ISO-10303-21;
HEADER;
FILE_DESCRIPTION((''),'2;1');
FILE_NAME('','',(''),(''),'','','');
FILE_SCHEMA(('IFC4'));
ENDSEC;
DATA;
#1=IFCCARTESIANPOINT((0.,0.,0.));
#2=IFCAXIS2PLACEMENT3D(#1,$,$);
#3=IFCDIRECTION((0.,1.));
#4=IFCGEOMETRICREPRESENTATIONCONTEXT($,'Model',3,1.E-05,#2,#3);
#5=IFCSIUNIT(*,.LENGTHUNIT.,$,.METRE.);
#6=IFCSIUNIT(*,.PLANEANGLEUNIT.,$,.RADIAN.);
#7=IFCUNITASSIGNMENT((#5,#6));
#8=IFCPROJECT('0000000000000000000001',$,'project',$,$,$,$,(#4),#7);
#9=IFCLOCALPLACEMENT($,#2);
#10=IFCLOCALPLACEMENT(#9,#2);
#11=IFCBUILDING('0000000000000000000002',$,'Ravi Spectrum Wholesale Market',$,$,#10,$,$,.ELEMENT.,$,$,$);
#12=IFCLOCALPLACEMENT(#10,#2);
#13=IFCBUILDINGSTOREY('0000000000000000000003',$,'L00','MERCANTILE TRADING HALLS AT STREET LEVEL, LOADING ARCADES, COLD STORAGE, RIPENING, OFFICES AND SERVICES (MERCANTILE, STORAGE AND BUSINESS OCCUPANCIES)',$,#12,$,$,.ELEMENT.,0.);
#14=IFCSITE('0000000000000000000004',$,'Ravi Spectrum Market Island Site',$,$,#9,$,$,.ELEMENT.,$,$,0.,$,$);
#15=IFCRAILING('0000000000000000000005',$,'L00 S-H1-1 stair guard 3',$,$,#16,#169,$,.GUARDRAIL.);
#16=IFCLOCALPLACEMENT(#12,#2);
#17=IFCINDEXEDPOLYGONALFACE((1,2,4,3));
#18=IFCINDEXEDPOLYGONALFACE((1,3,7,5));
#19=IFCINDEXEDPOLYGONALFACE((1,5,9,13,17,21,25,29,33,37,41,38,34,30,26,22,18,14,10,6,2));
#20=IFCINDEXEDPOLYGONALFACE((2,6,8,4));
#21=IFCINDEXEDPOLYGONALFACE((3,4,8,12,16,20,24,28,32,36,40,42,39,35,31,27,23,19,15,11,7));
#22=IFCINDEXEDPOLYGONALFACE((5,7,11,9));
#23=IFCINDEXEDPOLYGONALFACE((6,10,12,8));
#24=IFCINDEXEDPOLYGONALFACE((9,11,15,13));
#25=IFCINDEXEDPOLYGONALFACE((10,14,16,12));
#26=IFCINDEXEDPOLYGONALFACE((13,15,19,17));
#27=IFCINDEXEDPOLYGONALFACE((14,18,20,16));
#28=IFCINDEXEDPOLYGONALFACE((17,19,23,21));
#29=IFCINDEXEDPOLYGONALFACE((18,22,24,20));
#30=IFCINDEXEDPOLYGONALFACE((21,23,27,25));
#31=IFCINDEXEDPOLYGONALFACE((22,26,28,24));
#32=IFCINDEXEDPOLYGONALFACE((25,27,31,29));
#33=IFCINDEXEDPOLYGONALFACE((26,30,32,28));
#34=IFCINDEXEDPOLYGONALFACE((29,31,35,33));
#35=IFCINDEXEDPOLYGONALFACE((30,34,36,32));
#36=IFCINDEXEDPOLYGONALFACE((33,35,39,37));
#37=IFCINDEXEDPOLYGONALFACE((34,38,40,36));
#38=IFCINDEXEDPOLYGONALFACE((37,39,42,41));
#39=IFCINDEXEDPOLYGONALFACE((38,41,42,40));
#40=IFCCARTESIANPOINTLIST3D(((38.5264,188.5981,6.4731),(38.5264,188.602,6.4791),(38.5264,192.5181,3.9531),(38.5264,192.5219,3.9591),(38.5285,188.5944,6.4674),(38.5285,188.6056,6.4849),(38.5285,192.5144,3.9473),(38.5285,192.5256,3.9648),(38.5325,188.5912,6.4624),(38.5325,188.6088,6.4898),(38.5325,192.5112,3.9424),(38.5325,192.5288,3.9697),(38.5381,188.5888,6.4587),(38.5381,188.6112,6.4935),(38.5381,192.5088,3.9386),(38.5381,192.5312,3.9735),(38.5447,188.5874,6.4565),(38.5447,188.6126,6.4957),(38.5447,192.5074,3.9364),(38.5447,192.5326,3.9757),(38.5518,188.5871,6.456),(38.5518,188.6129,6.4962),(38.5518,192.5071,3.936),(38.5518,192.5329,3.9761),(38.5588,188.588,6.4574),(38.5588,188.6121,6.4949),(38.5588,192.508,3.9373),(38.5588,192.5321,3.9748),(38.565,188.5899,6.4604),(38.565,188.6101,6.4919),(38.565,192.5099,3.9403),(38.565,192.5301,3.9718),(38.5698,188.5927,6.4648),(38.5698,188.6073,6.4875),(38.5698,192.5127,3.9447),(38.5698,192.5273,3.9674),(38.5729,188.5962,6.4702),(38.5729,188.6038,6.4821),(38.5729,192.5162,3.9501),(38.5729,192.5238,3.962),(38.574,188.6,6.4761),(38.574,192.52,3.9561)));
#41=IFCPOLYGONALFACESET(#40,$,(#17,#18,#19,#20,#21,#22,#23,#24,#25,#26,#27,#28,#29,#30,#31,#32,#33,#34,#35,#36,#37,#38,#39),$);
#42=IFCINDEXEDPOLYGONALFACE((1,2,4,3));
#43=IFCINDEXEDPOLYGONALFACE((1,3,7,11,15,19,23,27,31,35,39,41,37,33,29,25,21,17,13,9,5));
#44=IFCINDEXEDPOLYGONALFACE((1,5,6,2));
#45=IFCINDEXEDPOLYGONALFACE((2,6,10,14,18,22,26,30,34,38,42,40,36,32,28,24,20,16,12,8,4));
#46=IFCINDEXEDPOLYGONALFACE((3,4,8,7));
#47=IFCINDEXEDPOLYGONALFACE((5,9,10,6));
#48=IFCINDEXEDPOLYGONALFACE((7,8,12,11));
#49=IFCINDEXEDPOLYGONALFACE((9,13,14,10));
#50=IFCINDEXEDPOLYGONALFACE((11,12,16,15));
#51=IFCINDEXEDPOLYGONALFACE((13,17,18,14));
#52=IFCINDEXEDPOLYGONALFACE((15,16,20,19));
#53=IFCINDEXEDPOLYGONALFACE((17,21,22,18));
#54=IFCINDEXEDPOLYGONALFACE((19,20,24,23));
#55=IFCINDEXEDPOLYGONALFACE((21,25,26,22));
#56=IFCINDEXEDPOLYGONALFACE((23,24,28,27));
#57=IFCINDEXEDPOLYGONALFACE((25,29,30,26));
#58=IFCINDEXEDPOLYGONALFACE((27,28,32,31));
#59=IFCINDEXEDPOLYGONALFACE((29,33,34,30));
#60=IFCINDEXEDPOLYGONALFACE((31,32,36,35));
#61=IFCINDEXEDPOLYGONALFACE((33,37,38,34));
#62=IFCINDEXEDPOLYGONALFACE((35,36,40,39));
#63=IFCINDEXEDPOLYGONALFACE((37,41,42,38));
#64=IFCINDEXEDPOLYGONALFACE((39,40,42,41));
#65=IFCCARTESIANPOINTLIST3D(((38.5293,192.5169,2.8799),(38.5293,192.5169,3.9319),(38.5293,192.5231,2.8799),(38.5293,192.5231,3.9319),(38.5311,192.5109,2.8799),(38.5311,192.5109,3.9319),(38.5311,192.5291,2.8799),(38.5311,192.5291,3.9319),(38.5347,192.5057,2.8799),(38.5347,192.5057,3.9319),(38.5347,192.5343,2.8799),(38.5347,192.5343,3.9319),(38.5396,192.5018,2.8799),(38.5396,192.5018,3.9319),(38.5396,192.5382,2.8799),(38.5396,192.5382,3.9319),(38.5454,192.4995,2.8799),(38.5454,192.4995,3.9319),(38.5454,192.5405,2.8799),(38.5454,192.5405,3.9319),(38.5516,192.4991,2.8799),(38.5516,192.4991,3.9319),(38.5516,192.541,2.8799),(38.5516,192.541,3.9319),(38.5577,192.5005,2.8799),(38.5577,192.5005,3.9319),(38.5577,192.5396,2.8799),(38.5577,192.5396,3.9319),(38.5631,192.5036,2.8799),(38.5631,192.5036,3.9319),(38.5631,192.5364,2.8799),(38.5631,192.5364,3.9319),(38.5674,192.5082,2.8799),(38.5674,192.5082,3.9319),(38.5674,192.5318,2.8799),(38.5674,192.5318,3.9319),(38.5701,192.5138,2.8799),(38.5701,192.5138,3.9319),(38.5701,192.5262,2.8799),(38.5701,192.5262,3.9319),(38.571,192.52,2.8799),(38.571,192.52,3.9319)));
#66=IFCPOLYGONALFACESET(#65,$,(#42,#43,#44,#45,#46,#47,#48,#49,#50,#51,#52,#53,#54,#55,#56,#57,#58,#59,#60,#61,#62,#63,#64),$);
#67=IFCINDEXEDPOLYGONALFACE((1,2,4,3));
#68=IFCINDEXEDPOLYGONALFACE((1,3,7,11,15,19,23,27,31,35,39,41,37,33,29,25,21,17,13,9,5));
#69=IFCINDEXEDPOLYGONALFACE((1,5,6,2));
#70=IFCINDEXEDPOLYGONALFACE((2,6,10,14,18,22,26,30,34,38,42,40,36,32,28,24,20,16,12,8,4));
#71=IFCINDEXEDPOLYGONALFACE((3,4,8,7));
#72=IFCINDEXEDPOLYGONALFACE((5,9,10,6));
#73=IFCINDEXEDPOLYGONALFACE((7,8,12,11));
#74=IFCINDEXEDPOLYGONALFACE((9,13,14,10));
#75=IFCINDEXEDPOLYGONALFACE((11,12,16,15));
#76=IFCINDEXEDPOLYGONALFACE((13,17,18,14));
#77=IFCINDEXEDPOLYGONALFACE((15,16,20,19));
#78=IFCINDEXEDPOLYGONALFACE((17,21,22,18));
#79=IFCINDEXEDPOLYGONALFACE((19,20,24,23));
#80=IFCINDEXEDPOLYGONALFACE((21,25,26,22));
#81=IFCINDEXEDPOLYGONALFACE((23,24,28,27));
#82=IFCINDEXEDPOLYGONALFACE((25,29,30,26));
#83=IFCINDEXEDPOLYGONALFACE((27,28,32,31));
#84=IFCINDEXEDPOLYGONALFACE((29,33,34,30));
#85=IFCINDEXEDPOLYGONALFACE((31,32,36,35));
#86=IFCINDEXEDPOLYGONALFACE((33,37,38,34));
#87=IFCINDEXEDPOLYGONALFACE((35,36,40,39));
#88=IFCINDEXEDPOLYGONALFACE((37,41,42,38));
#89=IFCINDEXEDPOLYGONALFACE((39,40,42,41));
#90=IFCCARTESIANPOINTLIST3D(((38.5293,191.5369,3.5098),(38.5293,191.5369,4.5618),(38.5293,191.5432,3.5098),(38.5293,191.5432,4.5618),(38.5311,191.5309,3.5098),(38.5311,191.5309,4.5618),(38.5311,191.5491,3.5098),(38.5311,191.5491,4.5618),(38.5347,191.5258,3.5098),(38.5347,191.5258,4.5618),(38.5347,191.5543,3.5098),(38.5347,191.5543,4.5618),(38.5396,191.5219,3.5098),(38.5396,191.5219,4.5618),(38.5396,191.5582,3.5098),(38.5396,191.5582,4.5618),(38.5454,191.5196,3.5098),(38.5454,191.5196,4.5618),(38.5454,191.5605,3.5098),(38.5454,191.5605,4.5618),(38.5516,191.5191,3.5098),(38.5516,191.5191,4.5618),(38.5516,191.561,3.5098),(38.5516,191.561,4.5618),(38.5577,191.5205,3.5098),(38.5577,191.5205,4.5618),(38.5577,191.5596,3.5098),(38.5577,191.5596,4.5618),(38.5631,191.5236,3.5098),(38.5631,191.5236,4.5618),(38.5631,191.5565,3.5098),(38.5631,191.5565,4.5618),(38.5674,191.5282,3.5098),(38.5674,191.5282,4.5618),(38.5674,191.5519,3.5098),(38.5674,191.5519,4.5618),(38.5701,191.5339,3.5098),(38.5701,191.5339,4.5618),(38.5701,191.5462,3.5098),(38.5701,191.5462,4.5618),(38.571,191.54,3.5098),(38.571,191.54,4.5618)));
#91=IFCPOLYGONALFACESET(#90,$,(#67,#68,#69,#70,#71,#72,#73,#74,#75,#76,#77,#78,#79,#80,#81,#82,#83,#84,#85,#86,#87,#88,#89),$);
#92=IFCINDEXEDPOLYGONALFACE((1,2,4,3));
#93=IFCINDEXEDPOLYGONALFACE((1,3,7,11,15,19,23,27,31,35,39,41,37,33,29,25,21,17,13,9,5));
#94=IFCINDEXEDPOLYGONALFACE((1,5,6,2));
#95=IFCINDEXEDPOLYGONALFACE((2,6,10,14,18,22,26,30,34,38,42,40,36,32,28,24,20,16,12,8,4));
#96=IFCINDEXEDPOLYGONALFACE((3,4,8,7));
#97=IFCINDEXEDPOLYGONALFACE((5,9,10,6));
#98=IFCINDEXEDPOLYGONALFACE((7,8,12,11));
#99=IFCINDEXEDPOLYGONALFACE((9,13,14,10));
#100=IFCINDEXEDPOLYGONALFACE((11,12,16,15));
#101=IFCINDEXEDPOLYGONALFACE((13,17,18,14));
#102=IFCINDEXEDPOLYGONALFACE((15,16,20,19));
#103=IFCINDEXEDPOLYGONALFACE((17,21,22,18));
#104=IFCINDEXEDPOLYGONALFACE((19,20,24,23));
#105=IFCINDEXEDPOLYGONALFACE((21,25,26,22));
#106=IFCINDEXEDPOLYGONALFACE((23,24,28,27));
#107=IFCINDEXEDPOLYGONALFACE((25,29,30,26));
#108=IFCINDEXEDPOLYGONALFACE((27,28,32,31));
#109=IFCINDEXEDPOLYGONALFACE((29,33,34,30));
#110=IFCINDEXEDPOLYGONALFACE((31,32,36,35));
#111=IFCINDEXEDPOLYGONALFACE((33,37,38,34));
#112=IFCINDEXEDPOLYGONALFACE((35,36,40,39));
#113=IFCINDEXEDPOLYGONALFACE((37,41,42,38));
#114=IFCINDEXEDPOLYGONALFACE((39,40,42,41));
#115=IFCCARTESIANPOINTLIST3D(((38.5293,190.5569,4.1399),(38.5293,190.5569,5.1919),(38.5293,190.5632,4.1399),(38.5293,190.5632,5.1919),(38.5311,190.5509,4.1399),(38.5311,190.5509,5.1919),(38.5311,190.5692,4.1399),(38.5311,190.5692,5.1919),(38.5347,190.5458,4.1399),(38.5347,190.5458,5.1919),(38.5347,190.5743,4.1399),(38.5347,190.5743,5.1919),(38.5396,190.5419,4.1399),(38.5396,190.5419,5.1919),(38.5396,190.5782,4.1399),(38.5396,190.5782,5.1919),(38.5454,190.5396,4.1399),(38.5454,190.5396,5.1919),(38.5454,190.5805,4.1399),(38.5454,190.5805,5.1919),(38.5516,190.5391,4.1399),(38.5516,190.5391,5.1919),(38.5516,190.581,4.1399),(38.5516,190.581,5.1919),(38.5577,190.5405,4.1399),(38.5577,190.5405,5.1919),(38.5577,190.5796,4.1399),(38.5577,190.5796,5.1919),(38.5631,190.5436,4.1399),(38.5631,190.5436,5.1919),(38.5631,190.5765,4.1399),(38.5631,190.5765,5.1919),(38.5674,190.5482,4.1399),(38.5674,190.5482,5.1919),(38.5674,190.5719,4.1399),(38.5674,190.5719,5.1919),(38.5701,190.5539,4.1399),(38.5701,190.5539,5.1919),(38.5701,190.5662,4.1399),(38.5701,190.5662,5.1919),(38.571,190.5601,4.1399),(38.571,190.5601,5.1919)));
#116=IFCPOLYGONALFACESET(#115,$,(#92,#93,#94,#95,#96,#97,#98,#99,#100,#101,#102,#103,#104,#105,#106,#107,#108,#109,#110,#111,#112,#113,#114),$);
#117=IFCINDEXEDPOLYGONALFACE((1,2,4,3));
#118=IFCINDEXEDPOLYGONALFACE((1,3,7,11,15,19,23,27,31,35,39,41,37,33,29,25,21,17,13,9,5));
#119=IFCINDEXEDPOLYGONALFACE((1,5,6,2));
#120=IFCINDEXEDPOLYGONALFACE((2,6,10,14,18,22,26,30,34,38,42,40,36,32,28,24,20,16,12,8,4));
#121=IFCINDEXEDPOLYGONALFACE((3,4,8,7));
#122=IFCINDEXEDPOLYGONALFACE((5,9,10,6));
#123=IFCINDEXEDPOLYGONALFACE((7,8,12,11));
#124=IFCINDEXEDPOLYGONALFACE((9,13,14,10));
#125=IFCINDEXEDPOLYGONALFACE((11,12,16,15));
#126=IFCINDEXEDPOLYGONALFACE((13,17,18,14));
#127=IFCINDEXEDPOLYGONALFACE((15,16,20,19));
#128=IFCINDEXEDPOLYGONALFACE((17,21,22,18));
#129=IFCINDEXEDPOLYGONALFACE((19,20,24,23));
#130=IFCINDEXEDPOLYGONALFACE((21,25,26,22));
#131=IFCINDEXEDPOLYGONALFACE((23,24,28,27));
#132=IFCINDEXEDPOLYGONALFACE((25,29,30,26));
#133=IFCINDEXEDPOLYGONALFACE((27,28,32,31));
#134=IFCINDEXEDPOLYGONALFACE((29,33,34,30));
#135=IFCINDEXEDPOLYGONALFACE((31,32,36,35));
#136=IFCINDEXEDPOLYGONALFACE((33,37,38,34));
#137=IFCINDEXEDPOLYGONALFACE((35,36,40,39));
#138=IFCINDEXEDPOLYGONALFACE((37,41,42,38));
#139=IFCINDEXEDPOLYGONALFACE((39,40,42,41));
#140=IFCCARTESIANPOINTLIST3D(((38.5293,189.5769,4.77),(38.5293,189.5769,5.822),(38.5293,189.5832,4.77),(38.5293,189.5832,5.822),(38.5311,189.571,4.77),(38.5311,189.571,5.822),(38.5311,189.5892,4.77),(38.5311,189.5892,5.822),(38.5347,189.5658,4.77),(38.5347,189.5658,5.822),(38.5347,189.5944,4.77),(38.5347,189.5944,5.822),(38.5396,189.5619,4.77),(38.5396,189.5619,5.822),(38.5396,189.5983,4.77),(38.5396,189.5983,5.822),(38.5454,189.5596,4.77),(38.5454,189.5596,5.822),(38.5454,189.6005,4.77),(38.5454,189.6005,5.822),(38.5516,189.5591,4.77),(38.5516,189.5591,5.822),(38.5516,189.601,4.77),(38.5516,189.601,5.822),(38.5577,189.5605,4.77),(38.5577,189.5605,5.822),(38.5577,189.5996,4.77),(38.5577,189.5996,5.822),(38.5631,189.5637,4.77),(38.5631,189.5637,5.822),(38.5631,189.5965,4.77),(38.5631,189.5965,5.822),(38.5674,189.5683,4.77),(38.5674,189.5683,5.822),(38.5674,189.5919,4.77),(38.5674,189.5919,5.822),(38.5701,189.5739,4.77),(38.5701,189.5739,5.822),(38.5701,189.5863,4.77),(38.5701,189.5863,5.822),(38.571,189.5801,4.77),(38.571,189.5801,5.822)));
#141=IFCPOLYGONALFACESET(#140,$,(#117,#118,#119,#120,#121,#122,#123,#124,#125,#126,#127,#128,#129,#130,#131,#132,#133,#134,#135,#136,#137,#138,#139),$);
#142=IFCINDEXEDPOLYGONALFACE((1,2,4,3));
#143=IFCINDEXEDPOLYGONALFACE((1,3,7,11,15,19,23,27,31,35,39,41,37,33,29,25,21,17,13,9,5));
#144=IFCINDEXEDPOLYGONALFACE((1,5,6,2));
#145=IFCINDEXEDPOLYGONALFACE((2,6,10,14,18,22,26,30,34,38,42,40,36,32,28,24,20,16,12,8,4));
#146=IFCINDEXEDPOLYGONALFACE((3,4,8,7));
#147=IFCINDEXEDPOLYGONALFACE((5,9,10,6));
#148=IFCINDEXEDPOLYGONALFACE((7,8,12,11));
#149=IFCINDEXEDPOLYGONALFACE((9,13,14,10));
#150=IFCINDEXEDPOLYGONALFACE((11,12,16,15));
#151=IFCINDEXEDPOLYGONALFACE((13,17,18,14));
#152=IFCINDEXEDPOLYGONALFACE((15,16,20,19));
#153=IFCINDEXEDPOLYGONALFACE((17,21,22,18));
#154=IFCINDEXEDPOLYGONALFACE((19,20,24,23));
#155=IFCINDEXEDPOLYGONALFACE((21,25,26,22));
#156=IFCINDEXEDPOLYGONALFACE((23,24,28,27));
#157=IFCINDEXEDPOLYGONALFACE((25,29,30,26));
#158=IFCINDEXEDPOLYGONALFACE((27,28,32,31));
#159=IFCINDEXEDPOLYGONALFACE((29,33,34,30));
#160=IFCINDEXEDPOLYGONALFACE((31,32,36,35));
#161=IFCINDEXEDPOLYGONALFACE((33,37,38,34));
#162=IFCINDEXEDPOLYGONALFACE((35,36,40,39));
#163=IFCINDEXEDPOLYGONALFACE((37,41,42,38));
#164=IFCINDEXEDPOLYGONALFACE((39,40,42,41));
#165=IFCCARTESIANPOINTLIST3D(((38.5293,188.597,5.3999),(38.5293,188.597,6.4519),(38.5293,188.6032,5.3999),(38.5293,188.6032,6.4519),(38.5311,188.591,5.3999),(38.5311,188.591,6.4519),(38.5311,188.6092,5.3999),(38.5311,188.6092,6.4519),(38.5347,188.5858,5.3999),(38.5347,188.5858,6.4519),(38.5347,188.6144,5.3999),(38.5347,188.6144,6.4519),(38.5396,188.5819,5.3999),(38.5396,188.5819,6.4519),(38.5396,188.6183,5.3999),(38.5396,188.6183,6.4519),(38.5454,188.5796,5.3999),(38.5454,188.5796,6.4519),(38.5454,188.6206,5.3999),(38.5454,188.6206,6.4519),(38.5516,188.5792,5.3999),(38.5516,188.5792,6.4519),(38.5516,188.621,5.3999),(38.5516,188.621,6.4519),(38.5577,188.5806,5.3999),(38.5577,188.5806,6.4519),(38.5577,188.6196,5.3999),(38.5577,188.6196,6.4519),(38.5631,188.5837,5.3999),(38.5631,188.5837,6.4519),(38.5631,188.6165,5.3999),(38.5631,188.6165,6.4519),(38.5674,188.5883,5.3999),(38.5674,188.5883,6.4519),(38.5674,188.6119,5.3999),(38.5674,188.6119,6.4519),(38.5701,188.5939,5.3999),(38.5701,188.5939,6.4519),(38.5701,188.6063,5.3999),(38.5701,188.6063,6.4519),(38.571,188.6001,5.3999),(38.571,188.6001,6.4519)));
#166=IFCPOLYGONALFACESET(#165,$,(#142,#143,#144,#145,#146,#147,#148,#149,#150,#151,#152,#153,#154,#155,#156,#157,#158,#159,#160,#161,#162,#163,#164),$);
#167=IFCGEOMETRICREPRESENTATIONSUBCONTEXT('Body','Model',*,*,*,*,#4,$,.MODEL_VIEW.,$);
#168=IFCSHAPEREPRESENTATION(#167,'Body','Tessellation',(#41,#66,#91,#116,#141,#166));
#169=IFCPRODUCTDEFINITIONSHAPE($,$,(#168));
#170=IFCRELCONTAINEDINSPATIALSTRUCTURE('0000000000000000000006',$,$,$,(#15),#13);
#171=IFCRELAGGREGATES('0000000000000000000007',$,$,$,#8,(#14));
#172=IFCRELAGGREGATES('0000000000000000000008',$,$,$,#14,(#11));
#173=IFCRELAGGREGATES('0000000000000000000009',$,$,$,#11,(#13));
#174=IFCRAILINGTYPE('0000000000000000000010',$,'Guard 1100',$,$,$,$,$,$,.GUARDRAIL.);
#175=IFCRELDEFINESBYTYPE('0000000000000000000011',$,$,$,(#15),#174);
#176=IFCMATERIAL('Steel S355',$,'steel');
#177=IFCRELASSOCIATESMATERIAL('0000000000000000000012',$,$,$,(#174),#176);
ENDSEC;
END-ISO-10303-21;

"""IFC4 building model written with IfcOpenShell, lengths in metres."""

from ifc_helpers import new_model, si_unit, direction, frame, origin, origin_2d, place, context, subcontext, project, spatial, circle, extrude, material, type_object, element, save


model = new_model("IFC4")

# Units and contexts
model_context = context("Model", 3, precision=1e-05, world=origin(), true_north=direction((0.0, 1.0)))
body_context = subcontext(model_context, "Body", "Model", "MODEL_VIEW")
ifc_project = project(units=[si_unit("LENGTHUNIT", "METRE"), si_unit("PLANEANGLEUNIT", "RADIAN")], contexts=[model_context])

# Site, building, storey
site_placement = place(None, origin())
site = spatial("IfcSite", under=ifc_project, at=site_placement, Name="Ravi Spectrum Market Island Site", CompositionType="ELEMENT", RefElevation=0.0)
building_placement = place(site_placement, origin())
building = spatial("IfcBuilding", under=site, at=building_placement, Name="Ravi Spectrum Wholesale Market", CompositionType="ELEMENT")
storey_placement = place(building_placement, origin())
storey = spatial("IfcBuildingStorey", under=building, at=storey_placement, Name="L00", Description="MERCANTILE TRADING HALLS AT STREET LEVEL, LOADING ARCADES, COLD STORAGE, RIPENING, OFFICES AND SERVICES (MERCANTILE, STORAGE AND BUSINESS OCCUPANCIES)", CompositionType="ELEMENT", Elevation=0.0)

# Railing
ifc_material_1 = material(Name="Steel S355", Category="steel")
railing_type_1 = type_object("IfcRailingType", Name="Guard 1100", PredefinedType="GUARDRAIL", material=ifc_material_1)
railing_1_placement = place(storey_placement, frame((38.55, 192.52, 2.8799)))
element("IfcRailing", 1, at=railing_1_placement, inside=storey, type_object=railing_type_1, Name="L00 S-H1-1 stair guard 3", PredefinedType="GUARDRAIL", context=body_context, shape_type="SweptSolid", body=[
    extrude(circle(Radius=0.0239, at=origin_2d()), frame((0.0, 0.0, 1.0762), z_axis=(0.0, -0.841172, 0.540768), x_axis=(1.0, 0.0, 0.0)), (0.0, 0.0, 1.0), 4.6602),
    extrude(circle(Radius=0.021, at=origin_2d()), origin(), (0.0, 0.0, 1.0), 1.052),
    extrude(circle(Radius=0.021, at=origin_2d()), frame((0.0, -0.98, 0.6299)), (0.0, 0.0, 1.0), 1.052),
    extrude(circle(Radius=0.021, at=origin_2d()), frame((0.0, -1.96, 1.26)), (0.0, 0.0, 1.0), 1.052),
    extrude(circle(Radius=0.021, at=origin_2d()), frame((0.0, -2.9399, 1.8901)), (0.0, 0.0, 1.0), 1.052),
    extrude(circle(Radius=0.021, at=origin_2d()), frame((0.0, -3.9199, 2.52)), (0.0, 0.0, 1.0), 1.052),
])

save(model, "model.ifc")
